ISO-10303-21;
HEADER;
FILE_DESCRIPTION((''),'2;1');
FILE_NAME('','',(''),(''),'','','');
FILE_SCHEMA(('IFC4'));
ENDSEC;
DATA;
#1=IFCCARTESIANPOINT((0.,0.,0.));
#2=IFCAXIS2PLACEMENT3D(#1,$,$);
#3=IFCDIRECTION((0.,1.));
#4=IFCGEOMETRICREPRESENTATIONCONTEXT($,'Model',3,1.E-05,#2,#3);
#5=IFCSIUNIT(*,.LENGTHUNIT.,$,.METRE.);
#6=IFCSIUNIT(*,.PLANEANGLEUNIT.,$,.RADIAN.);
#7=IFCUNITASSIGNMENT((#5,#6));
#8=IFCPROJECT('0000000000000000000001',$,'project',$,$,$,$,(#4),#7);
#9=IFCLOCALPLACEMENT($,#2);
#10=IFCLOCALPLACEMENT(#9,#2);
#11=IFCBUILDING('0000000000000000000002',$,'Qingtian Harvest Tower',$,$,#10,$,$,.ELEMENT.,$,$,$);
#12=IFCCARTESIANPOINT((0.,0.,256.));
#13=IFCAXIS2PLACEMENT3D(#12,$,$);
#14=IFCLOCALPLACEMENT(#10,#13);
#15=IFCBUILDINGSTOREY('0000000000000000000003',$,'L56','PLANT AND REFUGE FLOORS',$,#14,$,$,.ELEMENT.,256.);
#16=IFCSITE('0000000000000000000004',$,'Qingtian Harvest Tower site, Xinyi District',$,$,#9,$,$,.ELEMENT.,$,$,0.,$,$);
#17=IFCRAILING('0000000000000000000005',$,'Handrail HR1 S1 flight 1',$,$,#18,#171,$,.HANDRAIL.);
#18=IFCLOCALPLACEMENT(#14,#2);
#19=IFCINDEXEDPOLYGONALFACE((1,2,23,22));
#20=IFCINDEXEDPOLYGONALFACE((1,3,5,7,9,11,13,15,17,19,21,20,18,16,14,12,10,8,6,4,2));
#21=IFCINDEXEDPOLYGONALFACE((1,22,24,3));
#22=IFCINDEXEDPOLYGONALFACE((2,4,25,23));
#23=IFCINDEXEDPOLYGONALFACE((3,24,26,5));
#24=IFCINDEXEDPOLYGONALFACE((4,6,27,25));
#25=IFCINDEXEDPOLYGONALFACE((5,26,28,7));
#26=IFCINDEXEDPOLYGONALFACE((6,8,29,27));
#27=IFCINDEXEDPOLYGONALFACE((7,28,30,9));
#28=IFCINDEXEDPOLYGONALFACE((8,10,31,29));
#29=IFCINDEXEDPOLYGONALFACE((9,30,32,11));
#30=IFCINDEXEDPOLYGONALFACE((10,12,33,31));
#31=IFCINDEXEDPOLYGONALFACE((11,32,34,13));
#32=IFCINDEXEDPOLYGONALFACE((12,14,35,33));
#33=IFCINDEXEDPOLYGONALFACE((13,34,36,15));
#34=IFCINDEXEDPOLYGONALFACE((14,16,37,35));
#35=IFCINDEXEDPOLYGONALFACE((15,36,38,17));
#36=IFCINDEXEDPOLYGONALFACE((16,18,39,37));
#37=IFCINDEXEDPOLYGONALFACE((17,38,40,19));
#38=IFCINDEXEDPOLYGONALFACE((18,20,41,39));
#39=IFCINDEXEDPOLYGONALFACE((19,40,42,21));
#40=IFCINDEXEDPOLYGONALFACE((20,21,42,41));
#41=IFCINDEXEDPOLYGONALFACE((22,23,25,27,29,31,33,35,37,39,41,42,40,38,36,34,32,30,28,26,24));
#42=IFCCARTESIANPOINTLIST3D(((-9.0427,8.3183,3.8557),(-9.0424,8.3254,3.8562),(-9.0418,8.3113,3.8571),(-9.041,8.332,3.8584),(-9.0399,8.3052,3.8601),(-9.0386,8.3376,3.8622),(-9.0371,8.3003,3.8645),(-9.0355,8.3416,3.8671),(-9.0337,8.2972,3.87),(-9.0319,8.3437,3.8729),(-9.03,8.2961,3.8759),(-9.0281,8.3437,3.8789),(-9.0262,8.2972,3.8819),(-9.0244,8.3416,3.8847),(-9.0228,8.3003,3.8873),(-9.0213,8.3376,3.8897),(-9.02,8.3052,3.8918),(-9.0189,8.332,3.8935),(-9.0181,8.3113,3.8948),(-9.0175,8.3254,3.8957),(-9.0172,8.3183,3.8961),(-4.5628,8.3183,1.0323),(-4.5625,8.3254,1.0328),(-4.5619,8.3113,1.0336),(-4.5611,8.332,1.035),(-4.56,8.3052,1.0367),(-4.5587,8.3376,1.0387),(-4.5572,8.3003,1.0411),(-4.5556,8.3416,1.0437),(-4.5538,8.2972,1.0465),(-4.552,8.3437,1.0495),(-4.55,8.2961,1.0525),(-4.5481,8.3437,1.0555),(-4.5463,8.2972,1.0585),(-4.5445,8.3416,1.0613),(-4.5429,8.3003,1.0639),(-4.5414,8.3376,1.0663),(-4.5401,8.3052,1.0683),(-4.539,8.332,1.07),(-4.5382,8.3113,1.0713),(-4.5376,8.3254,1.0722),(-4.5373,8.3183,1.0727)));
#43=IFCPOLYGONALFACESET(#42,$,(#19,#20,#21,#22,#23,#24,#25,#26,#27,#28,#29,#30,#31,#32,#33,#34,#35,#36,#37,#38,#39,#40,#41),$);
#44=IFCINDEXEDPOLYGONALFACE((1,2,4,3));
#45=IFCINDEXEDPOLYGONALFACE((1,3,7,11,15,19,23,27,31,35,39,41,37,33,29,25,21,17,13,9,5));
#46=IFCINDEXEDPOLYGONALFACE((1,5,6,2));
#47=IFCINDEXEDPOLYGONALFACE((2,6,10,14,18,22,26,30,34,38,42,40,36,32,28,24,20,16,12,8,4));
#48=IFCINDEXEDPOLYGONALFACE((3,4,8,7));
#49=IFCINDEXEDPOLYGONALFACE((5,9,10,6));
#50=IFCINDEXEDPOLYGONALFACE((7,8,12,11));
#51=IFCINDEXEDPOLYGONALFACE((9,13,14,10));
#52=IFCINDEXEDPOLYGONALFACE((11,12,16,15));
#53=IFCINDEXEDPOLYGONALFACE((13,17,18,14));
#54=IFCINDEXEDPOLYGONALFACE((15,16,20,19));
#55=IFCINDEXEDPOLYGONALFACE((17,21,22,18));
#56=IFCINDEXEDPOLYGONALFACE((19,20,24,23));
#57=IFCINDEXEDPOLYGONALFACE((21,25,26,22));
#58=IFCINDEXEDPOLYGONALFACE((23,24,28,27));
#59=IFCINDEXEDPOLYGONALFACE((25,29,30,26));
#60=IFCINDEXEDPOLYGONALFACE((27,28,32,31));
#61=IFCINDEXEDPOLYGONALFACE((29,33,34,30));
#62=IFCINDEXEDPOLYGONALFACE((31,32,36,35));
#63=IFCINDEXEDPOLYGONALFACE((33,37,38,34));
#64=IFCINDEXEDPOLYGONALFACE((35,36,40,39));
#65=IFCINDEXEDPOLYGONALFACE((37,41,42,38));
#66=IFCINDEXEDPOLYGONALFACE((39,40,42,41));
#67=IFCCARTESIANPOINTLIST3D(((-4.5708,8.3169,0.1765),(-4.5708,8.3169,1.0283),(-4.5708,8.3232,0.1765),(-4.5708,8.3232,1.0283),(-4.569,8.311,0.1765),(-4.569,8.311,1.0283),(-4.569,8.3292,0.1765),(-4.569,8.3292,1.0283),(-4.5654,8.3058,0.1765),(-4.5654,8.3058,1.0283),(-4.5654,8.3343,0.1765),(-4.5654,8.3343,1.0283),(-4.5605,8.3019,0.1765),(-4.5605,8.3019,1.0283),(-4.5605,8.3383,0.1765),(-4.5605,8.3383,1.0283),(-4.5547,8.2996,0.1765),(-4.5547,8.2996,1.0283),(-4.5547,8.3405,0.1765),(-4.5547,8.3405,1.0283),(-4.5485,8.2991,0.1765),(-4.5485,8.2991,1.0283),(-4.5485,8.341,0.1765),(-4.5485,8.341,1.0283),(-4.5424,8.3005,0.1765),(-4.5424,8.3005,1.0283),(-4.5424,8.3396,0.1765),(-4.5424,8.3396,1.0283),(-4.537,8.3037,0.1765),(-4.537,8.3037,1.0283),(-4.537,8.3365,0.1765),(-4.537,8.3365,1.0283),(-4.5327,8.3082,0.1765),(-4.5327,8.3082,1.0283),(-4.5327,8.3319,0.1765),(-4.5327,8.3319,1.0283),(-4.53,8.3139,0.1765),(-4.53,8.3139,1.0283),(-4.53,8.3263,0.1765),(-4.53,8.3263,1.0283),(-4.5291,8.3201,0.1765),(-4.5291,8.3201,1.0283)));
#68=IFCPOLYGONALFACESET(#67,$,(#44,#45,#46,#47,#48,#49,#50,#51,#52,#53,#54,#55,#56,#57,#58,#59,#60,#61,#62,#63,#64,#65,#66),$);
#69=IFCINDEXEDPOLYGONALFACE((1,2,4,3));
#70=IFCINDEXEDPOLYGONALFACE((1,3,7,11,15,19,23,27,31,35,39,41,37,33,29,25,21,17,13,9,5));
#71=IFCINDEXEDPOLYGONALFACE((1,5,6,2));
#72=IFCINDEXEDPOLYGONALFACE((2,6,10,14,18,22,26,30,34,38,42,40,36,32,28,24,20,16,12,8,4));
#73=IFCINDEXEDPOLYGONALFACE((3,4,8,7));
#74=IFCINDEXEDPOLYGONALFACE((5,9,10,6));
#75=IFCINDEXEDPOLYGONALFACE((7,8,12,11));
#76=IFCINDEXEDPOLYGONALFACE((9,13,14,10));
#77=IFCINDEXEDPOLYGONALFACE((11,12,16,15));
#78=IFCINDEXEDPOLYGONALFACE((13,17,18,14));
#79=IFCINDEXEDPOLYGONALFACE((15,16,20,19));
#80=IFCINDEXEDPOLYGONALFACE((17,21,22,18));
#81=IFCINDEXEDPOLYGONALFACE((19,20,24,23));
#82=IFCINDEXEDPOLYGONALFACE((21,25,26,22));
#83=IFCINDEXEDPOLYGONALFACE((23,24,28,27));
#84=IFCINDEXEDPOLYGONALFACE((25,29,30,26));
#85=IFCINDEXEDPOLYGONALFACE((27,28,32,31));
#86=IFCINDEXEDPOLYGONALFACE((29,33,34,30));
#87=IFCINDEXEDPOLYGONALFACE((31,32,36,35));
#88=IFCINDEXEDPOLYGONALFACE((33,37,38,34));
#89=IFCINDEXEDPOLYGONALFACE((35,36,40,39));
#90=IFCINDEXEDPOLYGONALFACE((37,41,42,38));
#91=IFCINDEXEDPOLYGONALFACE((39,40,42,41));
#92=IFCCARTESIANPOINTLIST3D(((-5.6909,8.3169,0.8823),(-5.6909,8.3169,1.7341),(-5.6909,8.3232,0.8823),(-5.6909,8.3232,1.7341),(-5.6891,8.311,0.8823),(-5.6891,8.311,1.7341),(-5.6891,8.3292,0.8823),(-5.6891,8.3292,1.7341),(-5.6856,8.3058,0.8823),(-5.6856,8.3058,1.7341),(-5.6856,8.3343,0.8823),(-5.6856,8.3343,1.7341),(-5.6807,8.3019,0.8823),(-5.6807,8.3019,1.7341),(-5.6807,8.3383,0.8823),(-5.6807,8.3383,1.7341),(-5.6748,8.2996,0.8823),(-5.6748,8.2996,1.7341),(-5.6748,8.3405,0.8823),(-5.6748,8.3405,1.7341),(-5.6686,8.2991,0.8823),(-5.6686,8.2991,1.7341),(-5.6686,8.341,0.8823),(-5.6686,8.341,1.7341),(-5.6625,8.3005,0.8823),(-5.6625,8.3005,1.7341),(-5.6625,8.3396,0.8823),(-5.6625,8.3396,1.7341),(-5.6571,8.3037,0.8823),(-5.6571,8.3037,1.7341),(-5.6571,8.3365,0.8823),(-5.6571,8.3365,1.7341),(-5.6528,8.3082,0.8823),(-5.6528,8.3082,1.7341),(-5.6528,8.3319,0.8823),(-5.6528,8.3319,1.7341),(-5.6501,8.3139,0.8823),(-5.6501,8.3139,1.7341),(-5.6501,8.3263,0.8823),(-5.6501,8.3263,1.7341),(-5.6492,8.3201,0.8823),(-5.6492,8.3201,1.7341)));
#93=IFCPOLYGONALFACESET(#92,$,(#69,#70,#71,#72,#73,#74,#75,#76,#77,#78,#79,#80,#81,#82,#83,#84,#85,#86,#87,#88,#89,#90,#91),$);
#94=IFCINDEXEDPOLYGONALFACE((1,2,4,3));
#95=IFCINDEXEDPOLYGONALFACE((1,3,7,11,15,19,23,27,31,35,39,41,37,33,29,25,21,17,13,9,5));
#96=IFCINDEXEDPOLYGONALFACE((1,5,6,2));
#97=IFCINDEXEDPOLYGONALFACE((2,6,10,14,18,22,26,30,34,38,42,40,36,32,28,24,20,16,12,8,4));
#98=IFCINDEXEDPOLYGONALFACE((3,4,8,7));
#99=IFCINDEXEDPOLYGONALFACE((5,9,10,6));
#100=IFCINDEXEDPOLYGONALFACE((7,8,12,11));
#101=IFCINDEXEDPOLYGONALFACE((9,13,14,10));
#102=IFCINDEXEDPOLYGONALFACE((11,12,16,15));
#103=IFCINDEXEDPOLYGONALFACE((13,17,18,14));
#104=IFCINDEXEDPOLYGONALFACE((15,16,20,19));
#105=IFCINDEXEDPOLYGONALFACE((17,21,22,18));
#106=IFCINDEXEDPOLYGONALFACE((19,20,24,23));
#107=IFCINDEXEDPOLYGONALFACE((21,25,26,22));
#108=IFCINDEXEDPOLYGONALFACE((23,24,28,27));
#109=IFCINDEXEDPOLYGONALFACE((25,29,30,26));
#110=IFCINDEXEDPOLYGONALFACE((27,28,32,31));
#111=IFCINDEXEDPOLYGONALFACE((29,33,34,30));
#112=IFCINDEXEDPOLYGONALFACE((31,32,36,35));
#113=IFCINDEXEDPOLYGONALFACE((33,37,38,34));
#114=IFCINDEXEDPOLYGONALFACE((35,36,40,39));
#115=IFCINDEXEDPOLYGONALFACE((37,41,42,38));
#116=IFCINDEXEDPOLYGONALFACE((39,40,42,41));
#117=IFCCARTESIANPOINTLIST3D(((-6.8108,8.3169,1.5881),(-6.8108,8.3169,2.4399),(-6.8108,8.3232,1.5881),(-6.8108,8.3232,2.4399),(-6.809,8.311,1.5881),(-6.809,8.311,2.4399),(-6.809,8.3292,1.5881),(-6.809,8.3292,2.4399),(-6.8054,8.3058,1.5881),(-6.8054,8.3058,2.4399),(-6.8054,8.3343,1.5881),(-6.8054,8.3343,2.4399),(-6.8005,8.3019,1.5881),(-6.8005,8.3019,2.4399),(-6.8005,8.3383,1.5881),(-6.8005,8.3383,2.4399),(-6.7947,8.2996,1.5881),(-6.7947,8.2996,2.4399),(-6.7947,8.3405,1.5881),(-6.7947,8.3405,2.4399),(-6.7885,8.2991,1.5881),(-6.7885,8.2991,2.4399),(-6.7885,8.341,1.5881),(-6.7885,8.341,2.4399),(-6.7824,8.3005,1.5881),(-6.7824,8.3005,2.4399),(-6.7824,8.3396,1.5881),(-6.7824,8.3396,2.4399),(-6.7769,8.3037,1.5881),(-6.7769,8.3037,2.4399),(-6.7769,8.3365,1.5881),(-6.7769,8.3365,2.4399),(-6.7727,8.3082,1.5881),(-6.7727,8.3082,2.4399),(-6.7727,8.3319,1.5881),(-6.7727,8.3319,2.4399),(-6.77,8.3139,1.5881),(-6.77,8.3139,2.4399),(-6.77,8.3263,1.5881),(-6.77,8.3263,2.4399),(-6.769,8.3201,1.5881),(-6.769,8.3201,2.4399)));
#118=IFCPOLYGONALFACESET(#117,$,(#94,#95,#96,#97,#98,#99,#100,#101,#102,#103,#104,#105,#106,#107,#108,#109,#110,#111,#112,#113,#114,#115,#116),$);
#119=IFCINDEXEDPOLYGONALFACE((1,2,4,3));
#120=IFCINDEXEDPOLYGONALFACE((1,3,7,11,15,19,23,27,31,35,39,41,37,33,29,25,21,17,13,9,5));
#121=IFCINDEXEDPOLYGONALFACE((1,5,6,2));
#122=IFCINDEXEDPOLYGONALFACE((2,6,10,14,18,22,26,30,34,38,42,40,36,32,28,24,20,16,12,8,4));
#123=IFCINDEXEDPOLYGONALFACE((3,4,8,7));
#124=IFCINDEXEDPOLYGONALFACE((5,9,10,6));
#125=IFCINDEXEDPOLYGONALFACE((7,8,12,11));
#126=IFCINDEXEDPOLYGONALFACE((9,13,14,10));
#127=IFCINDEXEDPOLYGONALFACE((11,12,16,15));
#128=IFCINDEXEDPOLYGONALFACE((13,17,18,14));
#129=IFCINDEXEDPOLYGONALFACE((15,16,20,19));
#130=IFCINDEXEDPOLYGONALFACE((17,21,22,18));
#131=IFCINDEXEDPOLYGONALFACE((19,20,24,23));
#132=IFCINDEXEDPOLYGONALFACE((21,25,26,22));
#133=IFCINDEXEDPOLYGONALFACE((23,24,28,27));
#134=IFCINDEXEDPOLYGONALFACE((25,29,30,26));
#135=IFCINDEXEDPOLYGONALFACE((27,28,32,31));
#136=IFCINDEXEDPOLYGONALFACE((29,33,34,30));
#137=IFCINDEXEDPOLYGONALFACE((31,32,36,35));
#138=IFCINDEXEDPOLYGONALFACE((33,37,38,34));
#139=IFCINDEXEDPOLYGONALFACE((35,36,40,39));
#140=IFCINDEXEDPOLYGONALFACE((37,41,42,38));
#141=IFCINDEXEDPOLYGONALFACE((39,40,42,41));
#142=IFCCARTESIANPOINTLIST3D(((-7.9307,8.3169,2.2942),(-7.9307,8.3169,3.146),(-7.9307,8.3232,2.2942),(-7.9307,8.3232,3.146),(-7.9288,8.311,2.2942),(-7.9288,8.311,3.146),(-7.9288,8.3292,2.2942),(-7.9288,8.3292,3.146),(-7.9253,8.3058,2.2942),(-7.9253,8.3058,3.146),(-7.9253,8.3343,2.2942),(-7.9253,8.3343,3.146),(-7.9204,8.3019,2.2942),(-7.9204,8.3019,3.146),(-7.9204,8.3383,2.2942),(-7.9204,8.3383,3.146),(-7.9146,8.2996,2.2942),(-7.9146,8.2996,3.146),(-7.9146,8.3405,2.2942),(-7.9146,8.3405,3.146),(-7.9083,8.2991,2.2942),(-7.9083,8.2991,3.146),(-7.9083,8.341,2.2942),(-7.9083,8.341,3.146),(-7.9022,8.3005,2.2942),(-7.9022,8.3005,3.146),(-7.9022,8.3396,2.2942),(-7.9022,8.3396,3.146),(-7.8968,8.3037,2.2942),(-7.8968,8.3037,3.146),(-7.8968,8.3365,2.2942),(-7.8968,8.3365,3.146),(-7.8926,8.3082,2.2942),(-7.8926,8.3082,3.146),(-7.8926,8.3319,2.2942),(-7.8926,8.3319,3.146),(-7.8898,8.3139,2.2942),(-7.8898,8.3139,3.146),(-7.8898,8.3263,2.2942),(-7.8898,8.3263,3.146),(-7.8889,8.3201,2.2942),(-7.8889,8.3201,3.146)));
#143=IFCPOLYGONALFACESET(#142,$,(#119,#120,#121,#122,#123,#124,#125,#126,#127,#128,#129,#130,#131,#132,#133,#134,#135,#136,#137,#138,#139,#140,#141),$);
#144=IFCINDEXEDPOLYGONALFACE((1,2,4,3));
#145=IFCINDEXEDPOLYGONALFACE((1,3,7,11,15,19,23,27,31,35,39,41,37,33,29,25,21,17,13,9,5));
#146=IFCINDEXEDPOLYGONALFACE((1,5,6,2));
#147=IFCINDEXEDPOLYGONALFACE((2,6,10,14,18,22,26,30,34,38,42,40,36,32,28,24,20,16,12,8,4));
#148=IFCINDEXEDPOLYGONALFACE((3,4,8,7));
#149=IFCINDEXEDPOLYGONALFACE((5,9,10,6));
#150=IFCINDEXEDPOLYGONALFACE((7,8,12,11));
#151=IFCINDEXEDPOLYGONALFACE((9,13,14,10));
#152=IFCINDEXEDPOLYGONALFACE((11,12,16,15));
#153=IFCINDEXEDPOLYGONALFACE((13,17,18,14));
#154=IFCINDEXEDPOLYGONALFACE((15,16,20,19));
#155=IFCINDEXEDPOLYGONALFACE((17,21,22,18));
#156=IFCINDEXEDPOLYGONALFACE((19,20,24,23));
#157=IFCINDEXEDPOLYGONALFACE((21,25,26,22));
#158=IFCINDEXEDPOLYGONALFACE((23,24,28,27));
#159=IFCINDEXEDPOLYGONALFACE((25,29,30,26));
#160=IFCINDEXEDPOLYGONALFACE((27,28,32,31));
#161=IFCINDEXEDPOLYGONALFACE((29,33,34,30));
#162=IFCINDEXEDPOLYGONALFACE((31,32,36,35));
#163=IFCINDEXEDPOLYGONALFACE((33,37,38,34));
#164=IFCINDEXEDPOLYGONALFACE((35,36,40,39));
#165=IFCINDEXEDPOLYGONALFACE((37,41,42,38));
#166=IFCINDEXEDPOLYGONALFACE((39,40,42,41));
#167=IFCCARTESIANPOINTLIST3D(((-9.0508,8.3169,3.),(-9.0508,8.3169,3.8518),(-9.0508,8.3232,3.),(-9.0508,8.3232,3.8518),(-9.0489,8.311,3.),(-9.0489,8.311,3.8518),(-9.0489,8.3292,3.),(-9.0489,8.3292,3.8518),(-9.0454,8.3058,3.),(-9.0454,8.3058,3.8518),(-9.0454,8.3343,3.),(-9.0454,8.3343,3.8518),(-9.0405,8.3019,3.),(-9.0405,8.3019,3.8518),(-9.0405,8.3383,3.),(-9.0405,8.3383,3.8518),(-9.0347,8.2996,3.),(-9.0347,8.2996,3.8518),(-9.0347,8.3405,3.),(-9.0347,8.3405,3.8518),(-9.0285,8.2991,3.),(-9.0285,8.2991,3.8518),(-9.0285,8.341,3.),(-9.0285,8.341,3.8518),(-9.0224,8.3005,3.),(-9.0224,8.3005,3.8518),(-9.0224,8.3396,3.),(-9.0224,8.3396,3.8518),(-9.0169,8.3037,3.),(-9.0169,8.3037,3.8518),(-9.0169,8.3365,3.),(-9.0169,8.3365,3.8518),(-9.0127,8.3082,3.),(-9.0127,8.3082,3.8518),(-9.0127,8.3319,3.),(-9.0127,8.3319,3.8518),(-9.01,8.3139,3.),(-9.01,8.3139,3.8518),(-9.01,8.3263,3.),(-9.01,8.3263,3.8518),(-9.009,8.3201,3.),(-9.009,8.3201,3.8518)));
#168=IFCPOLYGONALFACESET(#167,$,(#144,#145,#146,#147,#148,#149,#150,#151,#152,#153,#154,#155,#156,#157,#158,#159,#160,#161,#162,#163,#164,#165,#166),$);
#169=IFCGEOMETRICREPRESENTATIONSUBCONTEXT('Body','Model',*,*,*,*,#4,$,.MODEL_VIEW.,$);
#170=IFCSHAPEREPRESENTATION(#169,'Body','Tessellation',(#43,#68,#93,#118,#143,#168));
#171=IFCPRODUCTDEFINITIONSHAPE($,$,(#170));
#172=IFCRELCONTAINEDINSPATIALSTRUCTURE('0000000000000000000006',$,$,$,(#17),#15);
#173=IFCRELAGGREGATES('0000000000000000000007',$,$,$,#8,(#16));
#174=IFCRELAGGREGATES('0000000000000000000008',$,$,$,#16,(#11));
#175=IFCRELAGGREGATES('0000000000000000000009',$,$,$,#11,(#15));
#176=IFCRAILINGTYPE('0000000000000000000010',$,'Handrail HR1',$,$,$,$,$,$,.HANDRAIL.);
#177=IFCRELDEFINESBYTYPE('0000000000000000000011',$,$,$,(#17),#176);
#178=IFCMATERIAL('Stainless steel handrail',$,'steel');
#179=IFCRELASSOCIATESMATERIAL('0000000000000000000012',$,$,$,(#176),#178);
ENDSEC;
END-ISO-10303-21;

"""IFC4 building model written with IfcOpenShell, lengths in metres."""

from ifc_helpers import new_model, si_unit, direction, frame, origin, origin_2d, place, context, subcontext, project, spatial, circle, extrude, material, type_object, element, save


model = new_model("IFC4")

# Units and contexts
model_context = context("Model", 3, precision=1e-05, world=origin(), true_north=direction((0.0, 1.0)))
body_context = subcontext(model_context, "Body", "Model", "MODEL_VIEW")
ifc_project = project(units=[si_unit("LENGTHUNIT", "METRE"), si_unit("PLANEANGLEUNIT", "RADIAN")], contexts=[model_context])

# Site, building, storey
site_placement = place(None, origin())
site = spatial("IfcSite", under=ifc_project, at=site_placement, Name="Qingtian Harvest Tower site, Xinyi District", CompositionType="ELEMENT", RefElevation=0.0)
building_placement = place(site_placement, origin())
building = spatial("IfcBuilding", under=site, at=building_placement, Name="Qingtian Harvest Tower", CompositionType="ELEMENT")
storey_placement = place(building_placement, frame((0.0, 0.0, 256.0)))
storey = spatial("IfcBuildingStorey", under=building, at=storey_placement, Name="L56", Description="PLANT AND REFUGE FLOORS", CompositionType="ELEMENT", Elevation=256.0)

# Railing
ifc_material_1 = material(Name="Stainless steel handrail", Category="steel")
railing_type = type_object("IfcRailingType", Name="Handrail HR1", PredefinedType="HANDRAIL", material=ifc_material_1)
railing_1_placement = place(storey_placement, frame((-4.55, 8.3201, 0.1765)))
element("IfcRailing", 1, at=railing_1_placement, inside=storey, type_object=railing_type, Name="Handrail HR1 S1 flight 1", PredefinedType="HANDRAIL", context=body_context, shape_type="SweptSolid", body=[
    extrude(circle(Radius=0.0239, at=origin_2d()), frame((0.0, 0.0, 0.876), z_axis=(-0.845998, 0.0, 0.533186), x_axis=(0.0, -1.0, 0.0)), (0.0, 0.0, 1.0), 5.2954),
    extrude(circle(Radius=0.021, at=origin_2d()), origin(), (0.0, 0.0, 1.0), 0.8518),
    extrude(circle(Radius=0.021, at=origin_2d()), frame((-1.1201, 0.0, 0.7058)), (0.0, 0.0, 1.0), 0.8518),
    extrude(circle(Radius=0.021, at=origin_2d()), frame((-2.24, 0.0, 1.4116)), (0.0, 0.0, 1.0), 0.8518),
    extrude(circle(Radius=0.021, at=origin_2d()), frame((-3.3599, 0.0, 2.1177)), (0.0, 0.0, 1.0), 0.8518),
    extrude(circle(Radius=0.021, at=origin_2d()), frame((-4.48, 0.0, 2.8235)), (0.0, 0.0, 1.0), 0.8518),
])

save(model, "model.ifc")
